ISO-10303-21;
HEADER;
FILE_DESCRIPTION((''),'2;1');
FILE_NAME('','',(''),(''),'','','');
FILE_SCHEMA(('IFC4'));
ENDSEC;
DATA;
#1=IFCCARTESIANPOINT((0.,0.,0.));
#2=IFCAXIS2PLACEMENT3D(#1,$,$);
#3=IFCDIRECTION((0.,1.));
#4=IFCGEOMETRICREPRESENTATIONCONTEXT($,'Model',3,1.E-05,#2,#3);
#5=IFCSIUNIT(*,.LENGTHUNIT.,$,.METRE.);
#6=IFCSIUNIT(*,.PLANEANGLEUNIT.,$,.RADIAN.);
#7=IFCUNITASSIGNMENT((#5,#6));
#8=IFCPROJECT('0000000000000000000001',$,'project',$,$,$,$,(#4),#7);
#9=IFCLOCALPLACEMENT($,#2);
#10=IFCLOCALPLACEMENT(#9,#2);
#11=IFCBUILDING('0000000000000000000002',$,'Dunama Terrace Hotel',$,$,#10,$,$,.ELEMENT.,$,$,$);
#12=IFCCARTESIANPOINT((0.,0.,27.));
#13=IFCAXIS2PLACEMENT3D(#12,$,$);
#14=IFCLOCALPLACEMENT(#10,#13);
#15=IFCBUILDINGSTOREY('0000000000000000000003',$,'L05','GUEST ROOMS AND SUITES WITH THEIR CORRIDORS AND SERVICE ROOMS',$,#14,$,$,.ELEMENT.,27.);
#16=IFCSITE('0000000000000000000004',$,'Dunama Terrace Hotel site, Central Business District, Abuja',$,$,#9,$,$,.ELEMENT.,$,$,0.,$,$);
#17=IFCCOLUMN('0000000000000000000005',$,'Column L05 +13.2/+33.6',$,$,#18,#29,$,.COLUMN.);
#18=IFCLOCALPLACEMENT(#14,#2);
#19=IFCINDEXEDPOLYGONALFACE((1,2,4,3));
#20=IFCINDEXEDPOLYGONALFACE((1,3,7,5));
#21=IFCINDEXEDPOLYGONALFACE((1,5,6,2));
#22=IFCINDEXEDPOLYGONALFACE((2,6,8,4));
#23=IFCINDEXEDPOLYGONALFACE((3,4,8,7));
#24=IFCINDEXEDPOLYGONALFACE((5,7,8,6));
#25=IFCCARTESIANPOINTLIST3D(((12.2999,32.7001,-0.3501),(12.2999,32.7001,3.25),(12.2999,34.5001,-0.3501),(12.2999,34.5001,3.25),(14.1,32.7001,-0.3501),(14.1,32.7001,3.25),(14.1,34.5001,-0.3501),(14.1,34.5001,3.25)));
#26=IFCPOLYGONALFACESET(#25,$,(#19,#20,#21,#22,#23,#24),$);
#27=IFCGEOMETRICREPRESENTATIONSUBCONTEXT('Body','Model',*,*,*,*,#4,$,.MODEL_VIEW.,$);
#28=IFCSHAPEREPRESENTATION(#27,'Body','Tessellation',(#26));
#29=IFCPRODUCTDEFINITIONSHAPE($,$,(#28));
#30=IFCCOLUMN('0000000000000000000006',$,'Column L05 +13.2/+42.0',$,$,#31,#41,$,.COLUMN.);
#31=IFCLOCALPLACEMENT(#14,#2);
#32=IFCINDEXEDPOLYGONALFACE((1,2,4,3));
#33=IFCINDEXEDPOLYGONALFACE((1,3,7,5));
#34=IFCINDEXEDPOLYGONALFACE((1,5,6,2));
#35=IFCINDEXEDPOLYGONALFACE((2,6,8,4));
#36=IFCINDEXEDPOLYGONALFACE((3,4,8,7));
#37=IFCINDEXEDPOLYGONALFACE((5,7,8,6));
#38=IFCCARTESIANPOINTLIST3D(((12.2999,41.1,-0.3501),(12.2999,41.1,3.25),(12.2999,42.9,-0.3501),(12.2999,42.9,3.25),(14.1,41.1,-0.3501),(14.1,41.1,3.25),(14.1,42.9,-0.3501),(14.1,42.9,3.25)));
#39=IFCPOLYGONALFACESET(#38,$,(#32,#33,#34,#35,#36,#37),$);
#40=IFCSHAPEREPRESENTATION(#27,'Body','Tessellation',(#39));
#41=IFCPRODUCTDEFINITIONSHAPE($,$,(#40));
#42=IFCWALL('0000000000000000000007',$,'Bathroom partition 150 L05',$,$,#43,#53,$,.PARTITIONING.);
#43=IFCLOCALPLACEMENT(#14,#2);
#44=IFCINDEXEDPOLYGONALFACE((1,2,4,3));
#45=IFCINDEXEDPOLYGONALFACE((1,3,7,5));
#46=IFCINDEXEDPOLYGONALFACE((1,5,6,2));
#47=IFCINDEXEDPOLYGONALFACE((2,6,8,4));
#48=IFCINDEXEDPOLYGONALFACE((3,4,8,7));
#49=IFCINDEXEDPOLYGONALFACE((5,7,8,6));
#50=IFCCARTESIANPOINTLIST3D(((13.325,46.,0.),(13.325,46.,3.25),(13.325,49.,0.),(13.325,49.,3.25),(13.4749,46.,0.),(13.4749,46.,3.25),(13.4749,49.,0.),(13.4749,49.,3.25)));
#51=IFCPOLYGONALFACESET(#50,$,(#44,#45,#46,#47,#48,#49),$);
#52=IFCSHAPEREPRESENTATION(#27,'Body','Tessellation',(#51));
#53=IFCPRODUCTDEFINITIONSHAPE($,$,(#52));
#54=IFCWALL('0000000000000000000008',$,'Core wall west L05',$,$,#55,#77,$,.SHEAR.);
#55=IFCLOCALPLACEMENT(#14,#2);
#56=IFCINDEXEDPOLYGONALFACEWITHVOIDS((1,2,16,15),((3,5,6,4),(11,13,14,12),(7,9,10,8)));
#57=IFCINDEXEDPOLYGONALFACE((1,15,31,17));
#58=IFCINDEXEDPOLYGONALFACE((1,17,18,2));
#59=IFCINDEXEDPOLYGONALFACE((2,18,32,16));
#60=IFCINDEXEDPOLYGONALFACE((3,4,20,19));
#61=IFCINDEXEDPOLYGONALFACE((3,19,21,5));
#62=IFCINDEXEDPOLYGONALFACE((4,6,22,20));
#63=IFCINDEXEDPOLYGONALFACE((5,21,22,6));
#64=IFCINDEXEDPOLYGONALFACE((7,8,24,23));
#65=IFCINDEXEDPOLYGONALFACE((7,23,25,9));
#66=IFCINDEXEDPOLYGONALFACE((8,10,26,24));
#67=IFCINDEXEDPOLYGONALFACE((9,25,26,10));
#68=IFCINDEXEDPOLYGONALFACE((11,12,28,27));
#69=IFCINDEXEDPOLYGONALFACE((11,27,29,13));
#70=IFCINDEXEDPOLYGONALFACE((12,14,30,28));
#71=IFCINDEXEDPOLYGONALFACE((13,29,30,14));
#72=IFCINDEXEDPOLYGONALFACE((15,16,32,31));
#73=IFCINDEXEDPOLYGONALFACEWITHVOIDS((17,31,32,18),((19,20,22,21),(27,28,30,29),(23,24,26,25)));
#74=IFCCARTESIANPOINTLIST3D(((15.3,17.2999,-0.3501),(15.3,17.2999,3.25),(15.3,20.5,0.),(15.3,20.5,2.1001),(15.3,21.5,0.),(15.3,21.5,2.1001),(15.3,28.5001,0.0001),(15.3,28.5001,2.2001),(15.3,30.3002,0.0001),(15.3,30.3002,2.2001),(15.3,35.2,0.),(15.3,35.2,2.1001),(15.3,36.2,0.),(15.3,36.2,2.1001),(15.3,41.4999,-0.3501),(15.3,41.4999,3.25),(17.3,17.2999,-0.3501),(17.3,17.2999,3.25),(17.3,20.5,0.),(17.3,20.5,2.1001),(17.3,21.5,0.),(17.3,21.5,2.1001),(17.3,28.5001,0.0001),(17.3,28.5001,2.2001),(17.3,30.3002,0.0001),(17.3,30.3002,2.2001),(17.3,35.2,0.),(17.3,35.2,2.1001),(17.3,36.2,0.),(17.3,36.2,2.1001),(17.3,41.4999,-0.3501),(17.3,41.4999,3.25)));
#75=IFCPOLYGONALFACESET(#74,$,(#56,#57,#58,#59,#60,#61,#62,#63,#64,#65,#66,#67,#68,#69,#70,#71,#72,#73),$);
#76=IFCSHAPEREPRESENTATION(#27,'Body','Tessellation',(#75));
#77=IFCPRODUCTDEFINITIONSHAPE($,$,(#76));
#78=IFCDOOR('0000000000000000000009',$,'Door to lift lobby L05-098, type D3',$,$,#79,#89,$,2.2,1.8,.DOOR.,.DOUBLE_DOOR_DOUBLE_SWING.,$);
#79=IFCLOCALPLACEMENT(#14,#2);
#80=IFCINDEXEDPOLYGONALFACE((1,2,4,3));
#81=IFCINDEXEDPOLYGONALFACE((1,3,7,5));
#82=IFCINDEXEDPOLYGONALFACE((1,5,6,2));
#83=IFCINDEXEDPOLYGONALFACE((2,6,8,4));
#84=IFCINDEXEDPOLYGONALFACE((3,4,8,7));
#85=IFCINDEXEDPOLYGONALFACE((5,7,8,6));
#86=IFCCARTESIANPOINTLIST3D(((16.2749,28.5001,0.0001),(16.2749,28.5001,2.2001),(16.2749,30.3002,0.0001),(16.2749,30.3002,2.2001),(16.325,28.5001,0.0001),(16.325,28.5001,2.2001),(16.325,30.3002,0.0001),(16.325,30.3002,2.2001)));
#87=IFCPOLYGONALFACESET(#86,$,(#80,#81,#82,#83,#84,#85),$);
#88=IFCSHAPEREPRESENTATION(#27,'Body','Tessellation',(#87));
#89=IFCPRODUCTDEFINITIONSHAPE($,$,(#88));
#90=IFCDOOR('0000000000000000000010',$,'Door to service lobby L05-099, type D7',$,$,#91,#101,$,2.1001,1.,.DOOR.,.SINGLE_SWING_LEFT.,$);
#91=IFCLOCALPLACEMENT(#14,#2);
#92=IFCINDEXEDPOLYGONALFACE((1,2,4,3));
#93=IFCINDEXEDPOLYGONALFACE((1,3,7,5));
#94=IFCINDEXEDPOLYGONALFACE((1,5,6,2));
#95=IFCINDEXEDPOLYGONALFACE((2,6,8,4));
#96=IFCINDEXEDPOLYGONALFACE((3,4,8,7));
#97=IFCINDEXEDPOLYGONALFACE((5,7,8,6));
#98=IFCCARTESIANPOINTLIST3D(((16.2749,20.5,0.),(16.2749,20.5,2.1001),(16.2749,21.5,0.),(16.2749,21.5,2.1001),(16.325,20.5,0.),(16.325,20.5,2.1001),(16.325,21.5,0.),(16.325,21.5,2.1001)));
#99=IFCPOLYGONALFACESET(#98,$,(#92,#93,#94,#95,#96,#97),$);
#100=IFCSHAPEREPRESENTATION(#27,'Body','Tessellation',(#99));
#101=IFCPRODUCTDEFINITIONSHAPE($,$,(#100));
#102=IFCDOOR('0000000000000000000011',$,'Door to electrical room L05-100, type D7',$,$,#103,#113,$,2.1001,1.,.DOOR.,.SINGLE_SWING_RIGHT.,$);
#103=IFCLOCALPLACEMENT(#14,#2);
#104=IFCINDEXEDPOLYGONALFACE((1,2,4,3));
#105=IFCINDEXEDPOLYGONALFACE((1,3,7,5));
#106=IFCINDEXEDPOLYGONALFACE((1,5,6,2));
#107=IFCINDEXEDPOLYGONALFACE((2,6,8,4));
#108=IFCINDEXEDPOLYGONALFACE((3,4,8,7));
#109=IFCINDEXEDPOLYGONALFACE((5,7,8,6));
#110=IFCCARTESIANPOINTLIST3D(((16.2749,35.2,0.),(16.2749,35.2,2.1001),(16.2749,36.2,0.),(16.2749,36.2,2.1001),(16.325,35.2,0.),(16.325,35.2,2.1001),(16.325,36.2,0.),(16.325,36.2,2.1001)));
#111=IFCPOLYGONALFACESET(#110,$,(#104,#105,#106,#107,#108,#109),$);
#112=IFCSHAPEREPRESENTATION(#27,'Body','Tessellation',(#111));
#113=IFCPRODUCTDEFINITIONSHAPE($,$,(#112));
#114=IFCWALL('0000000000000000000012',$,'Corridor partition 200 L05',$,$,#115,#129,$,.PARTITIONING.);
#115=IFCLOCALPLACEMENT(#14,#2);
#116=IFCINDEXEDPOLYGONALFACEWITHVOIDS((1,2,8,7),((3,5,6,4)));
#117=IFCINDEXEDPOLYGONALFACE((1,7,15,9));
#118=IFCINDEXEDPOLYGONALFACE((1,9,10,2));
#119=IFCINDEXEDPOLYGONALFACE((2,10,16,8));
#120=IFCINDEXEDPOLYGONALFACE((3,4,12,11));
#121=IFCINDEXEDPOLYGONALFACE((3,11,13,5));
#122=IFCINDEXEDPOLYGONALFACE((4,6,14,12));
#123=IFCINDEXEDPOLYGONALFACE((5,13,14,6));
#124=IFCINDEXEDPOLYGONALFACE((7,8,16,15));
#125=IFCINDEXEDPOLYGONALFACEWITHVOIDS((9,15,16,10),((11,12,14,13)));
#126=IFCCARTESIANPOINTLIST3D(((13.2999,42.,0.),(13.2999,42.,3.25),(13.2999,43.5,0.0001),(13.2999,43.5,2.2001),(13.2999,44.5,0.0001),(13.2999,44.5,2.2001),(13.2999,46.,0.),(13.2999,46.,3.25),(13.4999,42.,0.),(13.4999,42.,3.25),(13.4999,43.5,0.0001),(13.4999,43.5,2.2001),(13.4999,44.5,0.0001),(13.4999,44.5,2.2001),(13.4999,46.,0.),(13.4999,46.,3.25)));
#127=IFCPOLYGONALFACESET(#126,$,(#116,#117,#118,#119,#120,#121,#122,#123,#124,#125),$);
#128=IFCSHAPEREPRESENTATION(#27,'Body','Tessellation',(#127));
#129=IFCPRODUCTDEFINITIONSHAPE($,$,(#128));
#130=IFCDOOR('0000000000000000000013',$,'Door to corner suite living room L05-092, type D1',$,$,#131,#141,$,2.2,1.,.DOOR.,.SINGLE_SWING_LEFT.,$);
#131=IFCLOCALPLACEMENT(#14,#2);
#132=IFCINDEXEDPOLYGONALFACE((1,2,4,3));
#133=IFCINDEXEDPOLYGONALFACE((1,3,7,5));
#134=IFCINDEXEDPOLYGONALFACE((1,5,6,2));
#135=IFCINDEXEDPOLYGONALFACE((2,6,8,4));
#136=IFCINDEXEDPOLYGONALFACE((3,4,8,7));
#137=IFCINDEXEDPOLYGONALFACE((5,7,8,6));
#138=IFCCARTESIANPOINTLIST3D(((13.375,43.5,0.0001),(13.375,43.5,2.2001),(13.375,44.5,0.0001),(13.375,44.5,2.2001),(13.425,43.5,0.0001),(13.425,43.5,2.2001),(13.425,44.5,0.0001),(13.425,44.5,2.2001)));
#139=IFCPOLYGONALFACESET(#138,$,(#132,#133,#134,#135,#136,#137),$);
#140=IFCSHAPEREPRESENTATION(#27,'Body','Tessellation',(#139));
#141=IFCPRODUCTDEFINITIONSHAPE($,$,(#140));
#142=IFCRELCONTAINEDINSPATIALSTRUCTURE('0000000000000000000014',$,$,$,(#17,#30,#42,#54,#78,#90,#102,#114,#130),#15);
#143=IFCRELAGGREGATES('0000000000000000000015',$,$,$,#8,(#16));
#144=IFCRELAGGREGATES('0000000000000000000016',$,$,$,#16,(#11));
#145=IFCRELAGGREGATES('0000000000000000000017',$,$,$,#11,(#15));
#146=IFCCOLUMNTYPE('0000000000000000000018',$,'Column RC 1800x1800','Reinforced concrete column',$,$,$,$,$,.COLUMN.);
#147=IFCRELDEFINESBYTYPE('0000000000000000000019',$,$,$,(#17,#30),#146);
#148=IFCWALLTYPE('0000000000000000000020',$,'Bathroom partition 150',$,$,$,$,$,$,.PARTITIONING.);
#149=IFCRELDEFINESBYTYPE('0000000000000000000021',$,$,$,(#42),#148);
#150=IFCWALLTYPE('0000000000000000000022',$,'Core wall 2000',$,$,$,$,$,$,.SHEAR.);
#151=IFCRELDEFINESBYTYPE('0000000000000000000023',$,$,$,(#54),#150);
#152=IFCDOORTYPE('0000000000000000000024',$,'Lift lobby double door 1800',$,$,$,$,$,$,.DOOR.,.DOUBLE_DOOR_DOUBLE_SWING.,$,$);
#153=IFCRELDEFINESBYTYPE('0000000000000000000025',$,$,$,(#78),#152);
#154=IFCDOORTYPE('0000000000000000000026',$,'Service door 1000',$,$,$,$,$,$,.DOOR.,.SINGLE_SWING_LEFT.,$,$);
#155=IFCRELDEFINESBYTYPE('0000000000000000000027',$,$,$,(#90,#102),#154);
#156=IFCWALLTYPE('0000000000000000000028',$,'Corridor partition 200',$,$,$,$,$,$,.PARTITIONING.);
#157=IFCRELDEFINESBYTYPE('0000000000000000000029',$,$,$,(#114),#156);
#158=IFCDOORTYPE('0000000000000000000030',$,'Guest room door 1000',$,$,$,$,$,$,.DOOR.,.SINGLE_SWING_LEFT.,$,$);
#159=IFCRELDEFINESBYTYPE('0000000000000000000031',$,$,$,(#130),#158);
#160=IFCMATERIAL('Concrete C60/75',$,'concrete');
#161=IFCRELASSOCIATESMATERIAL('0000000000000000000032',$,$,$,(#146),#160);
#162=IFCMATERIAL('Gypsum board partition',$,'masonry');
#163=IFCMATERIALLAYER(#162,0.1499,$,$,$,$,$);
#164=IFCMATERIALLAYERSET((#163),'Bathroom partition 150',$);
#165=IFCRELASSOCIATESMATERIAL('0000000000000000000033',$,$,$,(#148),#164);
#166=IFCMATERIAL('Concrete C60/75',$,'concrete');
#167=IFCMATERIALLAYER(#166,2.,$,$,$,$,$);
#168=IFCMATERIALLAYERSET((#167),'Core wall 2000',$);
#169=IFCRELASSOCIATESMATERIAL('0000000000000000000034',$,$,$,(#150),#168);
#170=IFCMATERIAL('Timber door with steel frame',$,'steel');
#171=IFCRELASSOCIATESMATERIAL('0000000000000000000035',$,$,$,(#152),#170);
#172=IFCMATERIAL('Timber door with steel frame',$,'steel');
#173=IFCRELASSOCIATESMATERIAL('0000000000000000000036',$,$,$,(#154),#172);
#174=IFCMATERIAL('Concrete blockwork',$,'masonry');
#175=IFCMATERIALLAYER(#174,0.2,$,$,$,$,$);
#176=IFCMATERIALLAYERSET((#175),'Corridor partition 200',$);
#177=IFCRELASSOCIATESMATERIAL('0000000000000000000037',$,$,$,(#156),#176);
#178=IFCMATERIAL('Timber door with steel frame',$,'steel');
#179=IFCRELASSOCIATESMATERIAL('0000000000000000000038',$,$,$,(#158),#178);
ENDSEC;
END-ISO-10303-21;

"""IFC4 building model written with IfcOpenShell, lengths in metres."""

from ifc_helpers import new_model, si_unit, direction, frame, frame_2d, origin, origin_2d, place, context, subcontext, project, spatial, rectangle, extrude, material, layer, layer_set, material_profile, profile_set, type_object, element, fill, save


model = new_model("IFC4")

# Units and contexts
model_context = context("Model", 3, precision=1e-05, world=origin(), true_north=direction((0.0, 1.0)))
body_context = subcontext(model_context, "Body", "Model", "MODEL_VIEW")
ifc_project = project(units=[si_unit("LENGTHUNIT", "METRE"), si_unit("PLANEANGLEUNIT", "RADIAN")], contexts=[model_context])

# Site, building, storey
site_placement = place(None, origin())
site = spatial("IfcSite", under=ifc_project, at=site_placement, Name="Dunama Terrace Hotel site, Central Business District, Abuja", CompositionType="ELEMENT", RefElevation=0.0)
building_placement = place(site_placement, origin())
building = spatial("IfcBuilding", under=site, at=building_placement, Name="Dunama Terrace Hotel", CompositionType="ELEMENT")
storey_placement = place(building_placement, frame((0.0, 0.0, 27.0)))
storey = spatial("IfcBuildingStorey", under=building, at=storey_placement, Name="L05", Description="GUEST ROOMS AND SUITES WITH THEIR CORRIDORS AND SERVICE ROOMS", CompositionType="ELEMENT", Elevation=27.0)

# Columns
ifc_material_1 = material(Name="Concrete C60/75", Category="concrete")
ifc_material_profile = material_profile(ifc_material_1, rectangle(XDim=1.8, YDim=1.8, at=origin_2d()), Name="RC 1800x1800")
ifc_profile_set = profile_set([ifc_material_profile], Name="Concrete C60/75")
column_type = type_object("IfcColumnType", Name="Column RC 1800x1800", Description="Reinforced concrete column", PredefinedType="COLUMN", material=ifc_profile_set)
for number, where, z_axis, x_axis, name in (
    (1, (13.2, 33.6001, -0.3501), (0.0, 0.0, 1.0), (1.0, 0.0, 0.0), "Column L05 +13.2/+33.6"),
    (2, (13.2, 42.0, -0.3501), (0.0, 0.0, 1.0), (1.0, 0.0, 0.0), "Column L05 +13.2/+42.0"),
):
    element("IfcColumn", number, at=place(storey_placement, frame(where, z_axis=z_axis, x_axis=x_axis)), inside=storey, type_object=column_type, Name=name, PredefinedType="COLUMN", context=body_context, shape_type="SweptSolid", body=[
        extrude(rectangle(XDim=1.8, YDim=1.8, at=origin_2d()), origin(), (0.0, 0.0, 1.0), 3.6001),
    ])

# Wall
ifc_material_2 = material(Name="Gypsum board partition", Category="masonry")
ifc_layer_1 = layer(ifc_material_2, 0.1499)
ifc_layer_set_1 = layer_set([ifc_layer_1], Name="Bathroom partition 150")
wall_type_1 = type_object("IfcWallType", Name="Bathroom partition 150", PredefinedType="PARTITIONING", material=ifc_layer_set_1)
wall_1_placement = place(storey_placement, frame((13.3999, 46.0, 0.0), z_axis=(0.0, 0.0, 1.0), x_axis=(0.0, 1.0, 0.0)))
element("IfcWall", 3, at=wall_1_placement, inside=storey, type_object=wall_type_1, Name="Bathroom partition 150 L05", PredefinedType="PARTITIONING", context=body_context, shape_type="SweptSolid", body=[
    extrude(rectangle(XDim=3.0, YDim=0.1499, at=frame_2d((1.5, 0.0))), origin(), (0.0, 0.0, 1.0), 3.25),
])

# Wall, openings, doors
ifc_material_3 = material(Name="Concrete C60/75", Category="concrete")
ifc_layer_2 = layer(ifc_material_3, 2.0)
ifc_layer_set_2 = layer_set([ifc_layer_2], Name="Core wall 2000")
wall_type_2 = type_object("IfcWallType", Name="Core wall 2000", PredefinedType="SHEAR", material=ifc_layer_set_2)
wall_2_placement = place(storey_placement, frame((16.3, 41.5, -0.3501), z_axis=(0.0, 0.0, 1.0), x_axis=(0.0, -1.0, 0.0)))
wall_2 = element("IfcWall", 4, at=wall_2_placement, inside=storey, type_object=wall_type_2, Name="Core wall west L05", PredefinedType="SHEAR", context=body_context, shape_type="SweptSolid", body=[
    extrude(rectangle(XDim=24.2, YDim=2.0, at=frame_2d((12.1001, 0.0))), origin(), (0.0, 0.0, 1.0), 3.6001),
])
opening_1_placement = place(wall_2_placement, frame((11.2, 0.0, 0.3501)))
opening_1 = element("IfcOpeningElement", 5, at=opening_1_placement, cuts=wall_2, PredefinedType="OPENING", context=body_context, shape_type="SweptSolid", body=[
    extrude(rectangle(XDim=1.8, YDim=2.2, at=frame_2d((0.8999, 1.1001))), frame((0.0, 1.01, 0.0), z_axis=(0.0, -1.0, 0.0), x_axis=(1.0, 0.0, 0.0)), (0.0, 0.0, 1.0), 2.02),
])
opening_2_placement = place(wall_2_placement, frame((20.0, 0.0, 0.3501)))
opening_2 = element("IfcOpeningElement", 6, at=opening_2_placement, cuts=wall_2, PredefinedType="OPENING", context=body_context, shape_type="SweptSolid", body=[
    extrude(rectangle(XDim=1.0, YDim=2.1001, at=frame_2d((0.5, 1.05))), frame((0.0, 1.01, 0.0), z_axis=(0.0, -1.0, 0.0), x_axis=(1.0, 0.0, 0.0)), (0.0, 0.0, 1.0), 2.02),
])
opening_3_placement = place(wall_2_placement, frame((5.3, 0.0, 0.3501)))
opening_3 = element("IfcOpeningElement", 7, at=opening_3_placement, cuts=wall_2, PredefinedType="OPENING", context=body_context, shape_type="SweptSolid", body=[
    extrude(rectangle(XDim=1.0, YDim=2.1001, at=frame_2d((0.5, 1.05))), frame((0.0, 1.01, 0.0), z_axis=(0.0, -1.0, 0.0), x_axis=(1.0, 0.0, 0.0)), (0.0, 0.0, 1.0), 2.02),
])
ifc_material_4 = material(Name="Timber door with steel frame", Category="steel")
door_type_1 = type_object("IfcDoorType", Name="Lift lobby double door 1800", OperationType="DOUBLE_DOOR_DOUBLE_SWING", PredefinedType="DOOR", material=ifc_material_4)
door_1_placement = place(opening_1_placement, origin())
door_1 = element("IfcDoor", 8, at=door_1_placement, inside=storey, type_object=door_type_1, Name="Door to lift lobby L05-098, type D3", OperationType="DOUBLE_DOOR_DOUBLE_SWING", OverallHeight=2.2, OverallWidth=1.8, PredefinedType="DOOR", context=body_context, shape_type="SweptSolid", body=[
    extrude(rectangle(XDim=1.8, YDim=2.2, at=frame_2d((0.8999, 1.1001))), frame((0.0, 0.0249, 0.0), z_axis=(0.0, -1.0, 0.0), x_axis=(1.0, 0.0, 0.0)), (0.0, 0.0, 1.0), 0.05),
])
fill(opening_1, door_1)
ifc_material_5 = material(Name="Timber door with steel frame", Category="steel")
door_type_2 = type_object("IfcDoorType", Name="Service door 1000", OperationType="SINGLE_SWING_LEFT", PredefinedType="DOOR", material=ifc_material_5)
door_2_placement = place(opening_2_placement, origin())
door_2 = element("IfcDoor", 9, at=door_2_placement, inside=storey, type_object=door_type_2, Name="Door to service lobby L05-099, type D7", OperationType="SINGLE_SWING_LEFT", OverallHeight=2.1001, OverallWidth=1.0, PredefinedType="DOOR", context=body_context, shape_type="SweptSolid", body=[
    extrude(rectangle(XDim=1.0, YDim=2.1001, at=frame_2d((0.5, 1.05))), frame((0.0, 0.0249, 0.0), z_axis=(0.0, -1.0, 0.0), x_axis=(1.0, 0.0, 0.0)), (0.0, 0.0, 1.0), 0.05),
])
fill(opening_2, door_2)
door_3_placement = place(opening_3_placement, origin())
door_3 = element("IfcDoor", 10, at=door_3_placement, inside=storey, type_object=door_type_2, Name="Door to electrical room L05-100, type D7", OperationType="SINGLE_SWING_RIGHT", OverallHeight=2.1001, OverallWidth=1.0, PredefinedType="DOOR", context=body_context, shape_type="SweptSolid", body=[
    extrude(rectangle(XDim=1.0, YDim=2.1001, at=frame_2d((0.5, 1.05))), frame((0.0, 0.0249, 0.0), z_axis=(0.0, -1.0, 0.0), x_axis=(1.0, 0.0, 0.0)), (0.0, 0.0, 1.0), 0.05),
])
fill(opening_3, door_3)

# Wall, opening, door
ifc_material_6 = material(Name="Concrete blockwork", Category="masonry")
ifc_layer_3 = layer(ifc_material_6, 0.2)
ifc_layer_set_3 = layer_set([ifc_layer_3], Name="Corridor partition 200")
wall_type_3 = type_object("IfcWallType", Name="Corridor partition 200", PredefinedType="PARTITIONING", material=ifc_layer_set_3)
wall_3_placement = place(storey_placement, frame((13.3999, 42.0, 0.0), z_axis=(0.0, 0.0, 1.0), x_axis=(0.0, 1.0, 0.0)))
wall_3 = element("IfcWall", 11, at=wall_3_placement, inside=storey, type_object=wall_type_3, Name="Corridor partition 200 L05", PredefinedType="PARTITIONING", context=body_context, shape_type="SweptSolid", body=[
    extrude(rectangle(XDim=4.0, YDim=0.2, at=frame_2d((2.0, 0.0))), origin(), (0.0, 0.0, 1.0), 3.25),
])
opening_4_placement = place(wall_3_placement, frame((1.5, 0.0, 0.0)))
opening_4 = element("IfcOpeningElement", 12, at=opening_4_placement, cuts=wall_3, PredefinedType="OPENING", context=body_context, shape_type="SweptSolid", body=[
    extrude(rectangle(XDim=1.0, YDim=2.2, at=frame_2d((0.5, 1.1001))), frame((0.0, 0.1099, 0.0), z_axis=(0.0, -1.0, 0.0), x_axis=(1.0, 0.0, 0.0)), (0.0, 0.0, 1.0), 0.22),
])
ifc_material_7 = material(Name="Timber door with steel frame", Category="steel")
door_type_3 = type_object("IfcDoorType", Name="Guest room door 1000", OperationType="SINGLE_SWING_LEFT", PredefinedType="DOOR", material=ifc_material_7)
door_4_placement = place(opening_4_placement, origin())
door_4 = element("IfcDoor", 13, at=door_4_placement, inside=storey, type_object=door_type_3, Name="Door to corner suite living room L05-092, type D1", OperationType="SINGLE_SWING_LEFT", OverallHeight=2.2, OverallWidth=1.0, PredefinedType="DOOR", context=body_context, shape_type="SweptSolid", body=[
    extrude(rectangle(XDim=1.0, YDim=2.2, at=frame_2d((0.5, 1.1001))), frame((0.0, 0.0249, 0.0), z_axis=(0.0, -1.0, 0.0), x_axis=(1.0, 0.0, 0.0)), (0.0, 0.0, 1.0), 0.05),
])
fill(opening_4, door_4)

save(model, "model.ifc")
